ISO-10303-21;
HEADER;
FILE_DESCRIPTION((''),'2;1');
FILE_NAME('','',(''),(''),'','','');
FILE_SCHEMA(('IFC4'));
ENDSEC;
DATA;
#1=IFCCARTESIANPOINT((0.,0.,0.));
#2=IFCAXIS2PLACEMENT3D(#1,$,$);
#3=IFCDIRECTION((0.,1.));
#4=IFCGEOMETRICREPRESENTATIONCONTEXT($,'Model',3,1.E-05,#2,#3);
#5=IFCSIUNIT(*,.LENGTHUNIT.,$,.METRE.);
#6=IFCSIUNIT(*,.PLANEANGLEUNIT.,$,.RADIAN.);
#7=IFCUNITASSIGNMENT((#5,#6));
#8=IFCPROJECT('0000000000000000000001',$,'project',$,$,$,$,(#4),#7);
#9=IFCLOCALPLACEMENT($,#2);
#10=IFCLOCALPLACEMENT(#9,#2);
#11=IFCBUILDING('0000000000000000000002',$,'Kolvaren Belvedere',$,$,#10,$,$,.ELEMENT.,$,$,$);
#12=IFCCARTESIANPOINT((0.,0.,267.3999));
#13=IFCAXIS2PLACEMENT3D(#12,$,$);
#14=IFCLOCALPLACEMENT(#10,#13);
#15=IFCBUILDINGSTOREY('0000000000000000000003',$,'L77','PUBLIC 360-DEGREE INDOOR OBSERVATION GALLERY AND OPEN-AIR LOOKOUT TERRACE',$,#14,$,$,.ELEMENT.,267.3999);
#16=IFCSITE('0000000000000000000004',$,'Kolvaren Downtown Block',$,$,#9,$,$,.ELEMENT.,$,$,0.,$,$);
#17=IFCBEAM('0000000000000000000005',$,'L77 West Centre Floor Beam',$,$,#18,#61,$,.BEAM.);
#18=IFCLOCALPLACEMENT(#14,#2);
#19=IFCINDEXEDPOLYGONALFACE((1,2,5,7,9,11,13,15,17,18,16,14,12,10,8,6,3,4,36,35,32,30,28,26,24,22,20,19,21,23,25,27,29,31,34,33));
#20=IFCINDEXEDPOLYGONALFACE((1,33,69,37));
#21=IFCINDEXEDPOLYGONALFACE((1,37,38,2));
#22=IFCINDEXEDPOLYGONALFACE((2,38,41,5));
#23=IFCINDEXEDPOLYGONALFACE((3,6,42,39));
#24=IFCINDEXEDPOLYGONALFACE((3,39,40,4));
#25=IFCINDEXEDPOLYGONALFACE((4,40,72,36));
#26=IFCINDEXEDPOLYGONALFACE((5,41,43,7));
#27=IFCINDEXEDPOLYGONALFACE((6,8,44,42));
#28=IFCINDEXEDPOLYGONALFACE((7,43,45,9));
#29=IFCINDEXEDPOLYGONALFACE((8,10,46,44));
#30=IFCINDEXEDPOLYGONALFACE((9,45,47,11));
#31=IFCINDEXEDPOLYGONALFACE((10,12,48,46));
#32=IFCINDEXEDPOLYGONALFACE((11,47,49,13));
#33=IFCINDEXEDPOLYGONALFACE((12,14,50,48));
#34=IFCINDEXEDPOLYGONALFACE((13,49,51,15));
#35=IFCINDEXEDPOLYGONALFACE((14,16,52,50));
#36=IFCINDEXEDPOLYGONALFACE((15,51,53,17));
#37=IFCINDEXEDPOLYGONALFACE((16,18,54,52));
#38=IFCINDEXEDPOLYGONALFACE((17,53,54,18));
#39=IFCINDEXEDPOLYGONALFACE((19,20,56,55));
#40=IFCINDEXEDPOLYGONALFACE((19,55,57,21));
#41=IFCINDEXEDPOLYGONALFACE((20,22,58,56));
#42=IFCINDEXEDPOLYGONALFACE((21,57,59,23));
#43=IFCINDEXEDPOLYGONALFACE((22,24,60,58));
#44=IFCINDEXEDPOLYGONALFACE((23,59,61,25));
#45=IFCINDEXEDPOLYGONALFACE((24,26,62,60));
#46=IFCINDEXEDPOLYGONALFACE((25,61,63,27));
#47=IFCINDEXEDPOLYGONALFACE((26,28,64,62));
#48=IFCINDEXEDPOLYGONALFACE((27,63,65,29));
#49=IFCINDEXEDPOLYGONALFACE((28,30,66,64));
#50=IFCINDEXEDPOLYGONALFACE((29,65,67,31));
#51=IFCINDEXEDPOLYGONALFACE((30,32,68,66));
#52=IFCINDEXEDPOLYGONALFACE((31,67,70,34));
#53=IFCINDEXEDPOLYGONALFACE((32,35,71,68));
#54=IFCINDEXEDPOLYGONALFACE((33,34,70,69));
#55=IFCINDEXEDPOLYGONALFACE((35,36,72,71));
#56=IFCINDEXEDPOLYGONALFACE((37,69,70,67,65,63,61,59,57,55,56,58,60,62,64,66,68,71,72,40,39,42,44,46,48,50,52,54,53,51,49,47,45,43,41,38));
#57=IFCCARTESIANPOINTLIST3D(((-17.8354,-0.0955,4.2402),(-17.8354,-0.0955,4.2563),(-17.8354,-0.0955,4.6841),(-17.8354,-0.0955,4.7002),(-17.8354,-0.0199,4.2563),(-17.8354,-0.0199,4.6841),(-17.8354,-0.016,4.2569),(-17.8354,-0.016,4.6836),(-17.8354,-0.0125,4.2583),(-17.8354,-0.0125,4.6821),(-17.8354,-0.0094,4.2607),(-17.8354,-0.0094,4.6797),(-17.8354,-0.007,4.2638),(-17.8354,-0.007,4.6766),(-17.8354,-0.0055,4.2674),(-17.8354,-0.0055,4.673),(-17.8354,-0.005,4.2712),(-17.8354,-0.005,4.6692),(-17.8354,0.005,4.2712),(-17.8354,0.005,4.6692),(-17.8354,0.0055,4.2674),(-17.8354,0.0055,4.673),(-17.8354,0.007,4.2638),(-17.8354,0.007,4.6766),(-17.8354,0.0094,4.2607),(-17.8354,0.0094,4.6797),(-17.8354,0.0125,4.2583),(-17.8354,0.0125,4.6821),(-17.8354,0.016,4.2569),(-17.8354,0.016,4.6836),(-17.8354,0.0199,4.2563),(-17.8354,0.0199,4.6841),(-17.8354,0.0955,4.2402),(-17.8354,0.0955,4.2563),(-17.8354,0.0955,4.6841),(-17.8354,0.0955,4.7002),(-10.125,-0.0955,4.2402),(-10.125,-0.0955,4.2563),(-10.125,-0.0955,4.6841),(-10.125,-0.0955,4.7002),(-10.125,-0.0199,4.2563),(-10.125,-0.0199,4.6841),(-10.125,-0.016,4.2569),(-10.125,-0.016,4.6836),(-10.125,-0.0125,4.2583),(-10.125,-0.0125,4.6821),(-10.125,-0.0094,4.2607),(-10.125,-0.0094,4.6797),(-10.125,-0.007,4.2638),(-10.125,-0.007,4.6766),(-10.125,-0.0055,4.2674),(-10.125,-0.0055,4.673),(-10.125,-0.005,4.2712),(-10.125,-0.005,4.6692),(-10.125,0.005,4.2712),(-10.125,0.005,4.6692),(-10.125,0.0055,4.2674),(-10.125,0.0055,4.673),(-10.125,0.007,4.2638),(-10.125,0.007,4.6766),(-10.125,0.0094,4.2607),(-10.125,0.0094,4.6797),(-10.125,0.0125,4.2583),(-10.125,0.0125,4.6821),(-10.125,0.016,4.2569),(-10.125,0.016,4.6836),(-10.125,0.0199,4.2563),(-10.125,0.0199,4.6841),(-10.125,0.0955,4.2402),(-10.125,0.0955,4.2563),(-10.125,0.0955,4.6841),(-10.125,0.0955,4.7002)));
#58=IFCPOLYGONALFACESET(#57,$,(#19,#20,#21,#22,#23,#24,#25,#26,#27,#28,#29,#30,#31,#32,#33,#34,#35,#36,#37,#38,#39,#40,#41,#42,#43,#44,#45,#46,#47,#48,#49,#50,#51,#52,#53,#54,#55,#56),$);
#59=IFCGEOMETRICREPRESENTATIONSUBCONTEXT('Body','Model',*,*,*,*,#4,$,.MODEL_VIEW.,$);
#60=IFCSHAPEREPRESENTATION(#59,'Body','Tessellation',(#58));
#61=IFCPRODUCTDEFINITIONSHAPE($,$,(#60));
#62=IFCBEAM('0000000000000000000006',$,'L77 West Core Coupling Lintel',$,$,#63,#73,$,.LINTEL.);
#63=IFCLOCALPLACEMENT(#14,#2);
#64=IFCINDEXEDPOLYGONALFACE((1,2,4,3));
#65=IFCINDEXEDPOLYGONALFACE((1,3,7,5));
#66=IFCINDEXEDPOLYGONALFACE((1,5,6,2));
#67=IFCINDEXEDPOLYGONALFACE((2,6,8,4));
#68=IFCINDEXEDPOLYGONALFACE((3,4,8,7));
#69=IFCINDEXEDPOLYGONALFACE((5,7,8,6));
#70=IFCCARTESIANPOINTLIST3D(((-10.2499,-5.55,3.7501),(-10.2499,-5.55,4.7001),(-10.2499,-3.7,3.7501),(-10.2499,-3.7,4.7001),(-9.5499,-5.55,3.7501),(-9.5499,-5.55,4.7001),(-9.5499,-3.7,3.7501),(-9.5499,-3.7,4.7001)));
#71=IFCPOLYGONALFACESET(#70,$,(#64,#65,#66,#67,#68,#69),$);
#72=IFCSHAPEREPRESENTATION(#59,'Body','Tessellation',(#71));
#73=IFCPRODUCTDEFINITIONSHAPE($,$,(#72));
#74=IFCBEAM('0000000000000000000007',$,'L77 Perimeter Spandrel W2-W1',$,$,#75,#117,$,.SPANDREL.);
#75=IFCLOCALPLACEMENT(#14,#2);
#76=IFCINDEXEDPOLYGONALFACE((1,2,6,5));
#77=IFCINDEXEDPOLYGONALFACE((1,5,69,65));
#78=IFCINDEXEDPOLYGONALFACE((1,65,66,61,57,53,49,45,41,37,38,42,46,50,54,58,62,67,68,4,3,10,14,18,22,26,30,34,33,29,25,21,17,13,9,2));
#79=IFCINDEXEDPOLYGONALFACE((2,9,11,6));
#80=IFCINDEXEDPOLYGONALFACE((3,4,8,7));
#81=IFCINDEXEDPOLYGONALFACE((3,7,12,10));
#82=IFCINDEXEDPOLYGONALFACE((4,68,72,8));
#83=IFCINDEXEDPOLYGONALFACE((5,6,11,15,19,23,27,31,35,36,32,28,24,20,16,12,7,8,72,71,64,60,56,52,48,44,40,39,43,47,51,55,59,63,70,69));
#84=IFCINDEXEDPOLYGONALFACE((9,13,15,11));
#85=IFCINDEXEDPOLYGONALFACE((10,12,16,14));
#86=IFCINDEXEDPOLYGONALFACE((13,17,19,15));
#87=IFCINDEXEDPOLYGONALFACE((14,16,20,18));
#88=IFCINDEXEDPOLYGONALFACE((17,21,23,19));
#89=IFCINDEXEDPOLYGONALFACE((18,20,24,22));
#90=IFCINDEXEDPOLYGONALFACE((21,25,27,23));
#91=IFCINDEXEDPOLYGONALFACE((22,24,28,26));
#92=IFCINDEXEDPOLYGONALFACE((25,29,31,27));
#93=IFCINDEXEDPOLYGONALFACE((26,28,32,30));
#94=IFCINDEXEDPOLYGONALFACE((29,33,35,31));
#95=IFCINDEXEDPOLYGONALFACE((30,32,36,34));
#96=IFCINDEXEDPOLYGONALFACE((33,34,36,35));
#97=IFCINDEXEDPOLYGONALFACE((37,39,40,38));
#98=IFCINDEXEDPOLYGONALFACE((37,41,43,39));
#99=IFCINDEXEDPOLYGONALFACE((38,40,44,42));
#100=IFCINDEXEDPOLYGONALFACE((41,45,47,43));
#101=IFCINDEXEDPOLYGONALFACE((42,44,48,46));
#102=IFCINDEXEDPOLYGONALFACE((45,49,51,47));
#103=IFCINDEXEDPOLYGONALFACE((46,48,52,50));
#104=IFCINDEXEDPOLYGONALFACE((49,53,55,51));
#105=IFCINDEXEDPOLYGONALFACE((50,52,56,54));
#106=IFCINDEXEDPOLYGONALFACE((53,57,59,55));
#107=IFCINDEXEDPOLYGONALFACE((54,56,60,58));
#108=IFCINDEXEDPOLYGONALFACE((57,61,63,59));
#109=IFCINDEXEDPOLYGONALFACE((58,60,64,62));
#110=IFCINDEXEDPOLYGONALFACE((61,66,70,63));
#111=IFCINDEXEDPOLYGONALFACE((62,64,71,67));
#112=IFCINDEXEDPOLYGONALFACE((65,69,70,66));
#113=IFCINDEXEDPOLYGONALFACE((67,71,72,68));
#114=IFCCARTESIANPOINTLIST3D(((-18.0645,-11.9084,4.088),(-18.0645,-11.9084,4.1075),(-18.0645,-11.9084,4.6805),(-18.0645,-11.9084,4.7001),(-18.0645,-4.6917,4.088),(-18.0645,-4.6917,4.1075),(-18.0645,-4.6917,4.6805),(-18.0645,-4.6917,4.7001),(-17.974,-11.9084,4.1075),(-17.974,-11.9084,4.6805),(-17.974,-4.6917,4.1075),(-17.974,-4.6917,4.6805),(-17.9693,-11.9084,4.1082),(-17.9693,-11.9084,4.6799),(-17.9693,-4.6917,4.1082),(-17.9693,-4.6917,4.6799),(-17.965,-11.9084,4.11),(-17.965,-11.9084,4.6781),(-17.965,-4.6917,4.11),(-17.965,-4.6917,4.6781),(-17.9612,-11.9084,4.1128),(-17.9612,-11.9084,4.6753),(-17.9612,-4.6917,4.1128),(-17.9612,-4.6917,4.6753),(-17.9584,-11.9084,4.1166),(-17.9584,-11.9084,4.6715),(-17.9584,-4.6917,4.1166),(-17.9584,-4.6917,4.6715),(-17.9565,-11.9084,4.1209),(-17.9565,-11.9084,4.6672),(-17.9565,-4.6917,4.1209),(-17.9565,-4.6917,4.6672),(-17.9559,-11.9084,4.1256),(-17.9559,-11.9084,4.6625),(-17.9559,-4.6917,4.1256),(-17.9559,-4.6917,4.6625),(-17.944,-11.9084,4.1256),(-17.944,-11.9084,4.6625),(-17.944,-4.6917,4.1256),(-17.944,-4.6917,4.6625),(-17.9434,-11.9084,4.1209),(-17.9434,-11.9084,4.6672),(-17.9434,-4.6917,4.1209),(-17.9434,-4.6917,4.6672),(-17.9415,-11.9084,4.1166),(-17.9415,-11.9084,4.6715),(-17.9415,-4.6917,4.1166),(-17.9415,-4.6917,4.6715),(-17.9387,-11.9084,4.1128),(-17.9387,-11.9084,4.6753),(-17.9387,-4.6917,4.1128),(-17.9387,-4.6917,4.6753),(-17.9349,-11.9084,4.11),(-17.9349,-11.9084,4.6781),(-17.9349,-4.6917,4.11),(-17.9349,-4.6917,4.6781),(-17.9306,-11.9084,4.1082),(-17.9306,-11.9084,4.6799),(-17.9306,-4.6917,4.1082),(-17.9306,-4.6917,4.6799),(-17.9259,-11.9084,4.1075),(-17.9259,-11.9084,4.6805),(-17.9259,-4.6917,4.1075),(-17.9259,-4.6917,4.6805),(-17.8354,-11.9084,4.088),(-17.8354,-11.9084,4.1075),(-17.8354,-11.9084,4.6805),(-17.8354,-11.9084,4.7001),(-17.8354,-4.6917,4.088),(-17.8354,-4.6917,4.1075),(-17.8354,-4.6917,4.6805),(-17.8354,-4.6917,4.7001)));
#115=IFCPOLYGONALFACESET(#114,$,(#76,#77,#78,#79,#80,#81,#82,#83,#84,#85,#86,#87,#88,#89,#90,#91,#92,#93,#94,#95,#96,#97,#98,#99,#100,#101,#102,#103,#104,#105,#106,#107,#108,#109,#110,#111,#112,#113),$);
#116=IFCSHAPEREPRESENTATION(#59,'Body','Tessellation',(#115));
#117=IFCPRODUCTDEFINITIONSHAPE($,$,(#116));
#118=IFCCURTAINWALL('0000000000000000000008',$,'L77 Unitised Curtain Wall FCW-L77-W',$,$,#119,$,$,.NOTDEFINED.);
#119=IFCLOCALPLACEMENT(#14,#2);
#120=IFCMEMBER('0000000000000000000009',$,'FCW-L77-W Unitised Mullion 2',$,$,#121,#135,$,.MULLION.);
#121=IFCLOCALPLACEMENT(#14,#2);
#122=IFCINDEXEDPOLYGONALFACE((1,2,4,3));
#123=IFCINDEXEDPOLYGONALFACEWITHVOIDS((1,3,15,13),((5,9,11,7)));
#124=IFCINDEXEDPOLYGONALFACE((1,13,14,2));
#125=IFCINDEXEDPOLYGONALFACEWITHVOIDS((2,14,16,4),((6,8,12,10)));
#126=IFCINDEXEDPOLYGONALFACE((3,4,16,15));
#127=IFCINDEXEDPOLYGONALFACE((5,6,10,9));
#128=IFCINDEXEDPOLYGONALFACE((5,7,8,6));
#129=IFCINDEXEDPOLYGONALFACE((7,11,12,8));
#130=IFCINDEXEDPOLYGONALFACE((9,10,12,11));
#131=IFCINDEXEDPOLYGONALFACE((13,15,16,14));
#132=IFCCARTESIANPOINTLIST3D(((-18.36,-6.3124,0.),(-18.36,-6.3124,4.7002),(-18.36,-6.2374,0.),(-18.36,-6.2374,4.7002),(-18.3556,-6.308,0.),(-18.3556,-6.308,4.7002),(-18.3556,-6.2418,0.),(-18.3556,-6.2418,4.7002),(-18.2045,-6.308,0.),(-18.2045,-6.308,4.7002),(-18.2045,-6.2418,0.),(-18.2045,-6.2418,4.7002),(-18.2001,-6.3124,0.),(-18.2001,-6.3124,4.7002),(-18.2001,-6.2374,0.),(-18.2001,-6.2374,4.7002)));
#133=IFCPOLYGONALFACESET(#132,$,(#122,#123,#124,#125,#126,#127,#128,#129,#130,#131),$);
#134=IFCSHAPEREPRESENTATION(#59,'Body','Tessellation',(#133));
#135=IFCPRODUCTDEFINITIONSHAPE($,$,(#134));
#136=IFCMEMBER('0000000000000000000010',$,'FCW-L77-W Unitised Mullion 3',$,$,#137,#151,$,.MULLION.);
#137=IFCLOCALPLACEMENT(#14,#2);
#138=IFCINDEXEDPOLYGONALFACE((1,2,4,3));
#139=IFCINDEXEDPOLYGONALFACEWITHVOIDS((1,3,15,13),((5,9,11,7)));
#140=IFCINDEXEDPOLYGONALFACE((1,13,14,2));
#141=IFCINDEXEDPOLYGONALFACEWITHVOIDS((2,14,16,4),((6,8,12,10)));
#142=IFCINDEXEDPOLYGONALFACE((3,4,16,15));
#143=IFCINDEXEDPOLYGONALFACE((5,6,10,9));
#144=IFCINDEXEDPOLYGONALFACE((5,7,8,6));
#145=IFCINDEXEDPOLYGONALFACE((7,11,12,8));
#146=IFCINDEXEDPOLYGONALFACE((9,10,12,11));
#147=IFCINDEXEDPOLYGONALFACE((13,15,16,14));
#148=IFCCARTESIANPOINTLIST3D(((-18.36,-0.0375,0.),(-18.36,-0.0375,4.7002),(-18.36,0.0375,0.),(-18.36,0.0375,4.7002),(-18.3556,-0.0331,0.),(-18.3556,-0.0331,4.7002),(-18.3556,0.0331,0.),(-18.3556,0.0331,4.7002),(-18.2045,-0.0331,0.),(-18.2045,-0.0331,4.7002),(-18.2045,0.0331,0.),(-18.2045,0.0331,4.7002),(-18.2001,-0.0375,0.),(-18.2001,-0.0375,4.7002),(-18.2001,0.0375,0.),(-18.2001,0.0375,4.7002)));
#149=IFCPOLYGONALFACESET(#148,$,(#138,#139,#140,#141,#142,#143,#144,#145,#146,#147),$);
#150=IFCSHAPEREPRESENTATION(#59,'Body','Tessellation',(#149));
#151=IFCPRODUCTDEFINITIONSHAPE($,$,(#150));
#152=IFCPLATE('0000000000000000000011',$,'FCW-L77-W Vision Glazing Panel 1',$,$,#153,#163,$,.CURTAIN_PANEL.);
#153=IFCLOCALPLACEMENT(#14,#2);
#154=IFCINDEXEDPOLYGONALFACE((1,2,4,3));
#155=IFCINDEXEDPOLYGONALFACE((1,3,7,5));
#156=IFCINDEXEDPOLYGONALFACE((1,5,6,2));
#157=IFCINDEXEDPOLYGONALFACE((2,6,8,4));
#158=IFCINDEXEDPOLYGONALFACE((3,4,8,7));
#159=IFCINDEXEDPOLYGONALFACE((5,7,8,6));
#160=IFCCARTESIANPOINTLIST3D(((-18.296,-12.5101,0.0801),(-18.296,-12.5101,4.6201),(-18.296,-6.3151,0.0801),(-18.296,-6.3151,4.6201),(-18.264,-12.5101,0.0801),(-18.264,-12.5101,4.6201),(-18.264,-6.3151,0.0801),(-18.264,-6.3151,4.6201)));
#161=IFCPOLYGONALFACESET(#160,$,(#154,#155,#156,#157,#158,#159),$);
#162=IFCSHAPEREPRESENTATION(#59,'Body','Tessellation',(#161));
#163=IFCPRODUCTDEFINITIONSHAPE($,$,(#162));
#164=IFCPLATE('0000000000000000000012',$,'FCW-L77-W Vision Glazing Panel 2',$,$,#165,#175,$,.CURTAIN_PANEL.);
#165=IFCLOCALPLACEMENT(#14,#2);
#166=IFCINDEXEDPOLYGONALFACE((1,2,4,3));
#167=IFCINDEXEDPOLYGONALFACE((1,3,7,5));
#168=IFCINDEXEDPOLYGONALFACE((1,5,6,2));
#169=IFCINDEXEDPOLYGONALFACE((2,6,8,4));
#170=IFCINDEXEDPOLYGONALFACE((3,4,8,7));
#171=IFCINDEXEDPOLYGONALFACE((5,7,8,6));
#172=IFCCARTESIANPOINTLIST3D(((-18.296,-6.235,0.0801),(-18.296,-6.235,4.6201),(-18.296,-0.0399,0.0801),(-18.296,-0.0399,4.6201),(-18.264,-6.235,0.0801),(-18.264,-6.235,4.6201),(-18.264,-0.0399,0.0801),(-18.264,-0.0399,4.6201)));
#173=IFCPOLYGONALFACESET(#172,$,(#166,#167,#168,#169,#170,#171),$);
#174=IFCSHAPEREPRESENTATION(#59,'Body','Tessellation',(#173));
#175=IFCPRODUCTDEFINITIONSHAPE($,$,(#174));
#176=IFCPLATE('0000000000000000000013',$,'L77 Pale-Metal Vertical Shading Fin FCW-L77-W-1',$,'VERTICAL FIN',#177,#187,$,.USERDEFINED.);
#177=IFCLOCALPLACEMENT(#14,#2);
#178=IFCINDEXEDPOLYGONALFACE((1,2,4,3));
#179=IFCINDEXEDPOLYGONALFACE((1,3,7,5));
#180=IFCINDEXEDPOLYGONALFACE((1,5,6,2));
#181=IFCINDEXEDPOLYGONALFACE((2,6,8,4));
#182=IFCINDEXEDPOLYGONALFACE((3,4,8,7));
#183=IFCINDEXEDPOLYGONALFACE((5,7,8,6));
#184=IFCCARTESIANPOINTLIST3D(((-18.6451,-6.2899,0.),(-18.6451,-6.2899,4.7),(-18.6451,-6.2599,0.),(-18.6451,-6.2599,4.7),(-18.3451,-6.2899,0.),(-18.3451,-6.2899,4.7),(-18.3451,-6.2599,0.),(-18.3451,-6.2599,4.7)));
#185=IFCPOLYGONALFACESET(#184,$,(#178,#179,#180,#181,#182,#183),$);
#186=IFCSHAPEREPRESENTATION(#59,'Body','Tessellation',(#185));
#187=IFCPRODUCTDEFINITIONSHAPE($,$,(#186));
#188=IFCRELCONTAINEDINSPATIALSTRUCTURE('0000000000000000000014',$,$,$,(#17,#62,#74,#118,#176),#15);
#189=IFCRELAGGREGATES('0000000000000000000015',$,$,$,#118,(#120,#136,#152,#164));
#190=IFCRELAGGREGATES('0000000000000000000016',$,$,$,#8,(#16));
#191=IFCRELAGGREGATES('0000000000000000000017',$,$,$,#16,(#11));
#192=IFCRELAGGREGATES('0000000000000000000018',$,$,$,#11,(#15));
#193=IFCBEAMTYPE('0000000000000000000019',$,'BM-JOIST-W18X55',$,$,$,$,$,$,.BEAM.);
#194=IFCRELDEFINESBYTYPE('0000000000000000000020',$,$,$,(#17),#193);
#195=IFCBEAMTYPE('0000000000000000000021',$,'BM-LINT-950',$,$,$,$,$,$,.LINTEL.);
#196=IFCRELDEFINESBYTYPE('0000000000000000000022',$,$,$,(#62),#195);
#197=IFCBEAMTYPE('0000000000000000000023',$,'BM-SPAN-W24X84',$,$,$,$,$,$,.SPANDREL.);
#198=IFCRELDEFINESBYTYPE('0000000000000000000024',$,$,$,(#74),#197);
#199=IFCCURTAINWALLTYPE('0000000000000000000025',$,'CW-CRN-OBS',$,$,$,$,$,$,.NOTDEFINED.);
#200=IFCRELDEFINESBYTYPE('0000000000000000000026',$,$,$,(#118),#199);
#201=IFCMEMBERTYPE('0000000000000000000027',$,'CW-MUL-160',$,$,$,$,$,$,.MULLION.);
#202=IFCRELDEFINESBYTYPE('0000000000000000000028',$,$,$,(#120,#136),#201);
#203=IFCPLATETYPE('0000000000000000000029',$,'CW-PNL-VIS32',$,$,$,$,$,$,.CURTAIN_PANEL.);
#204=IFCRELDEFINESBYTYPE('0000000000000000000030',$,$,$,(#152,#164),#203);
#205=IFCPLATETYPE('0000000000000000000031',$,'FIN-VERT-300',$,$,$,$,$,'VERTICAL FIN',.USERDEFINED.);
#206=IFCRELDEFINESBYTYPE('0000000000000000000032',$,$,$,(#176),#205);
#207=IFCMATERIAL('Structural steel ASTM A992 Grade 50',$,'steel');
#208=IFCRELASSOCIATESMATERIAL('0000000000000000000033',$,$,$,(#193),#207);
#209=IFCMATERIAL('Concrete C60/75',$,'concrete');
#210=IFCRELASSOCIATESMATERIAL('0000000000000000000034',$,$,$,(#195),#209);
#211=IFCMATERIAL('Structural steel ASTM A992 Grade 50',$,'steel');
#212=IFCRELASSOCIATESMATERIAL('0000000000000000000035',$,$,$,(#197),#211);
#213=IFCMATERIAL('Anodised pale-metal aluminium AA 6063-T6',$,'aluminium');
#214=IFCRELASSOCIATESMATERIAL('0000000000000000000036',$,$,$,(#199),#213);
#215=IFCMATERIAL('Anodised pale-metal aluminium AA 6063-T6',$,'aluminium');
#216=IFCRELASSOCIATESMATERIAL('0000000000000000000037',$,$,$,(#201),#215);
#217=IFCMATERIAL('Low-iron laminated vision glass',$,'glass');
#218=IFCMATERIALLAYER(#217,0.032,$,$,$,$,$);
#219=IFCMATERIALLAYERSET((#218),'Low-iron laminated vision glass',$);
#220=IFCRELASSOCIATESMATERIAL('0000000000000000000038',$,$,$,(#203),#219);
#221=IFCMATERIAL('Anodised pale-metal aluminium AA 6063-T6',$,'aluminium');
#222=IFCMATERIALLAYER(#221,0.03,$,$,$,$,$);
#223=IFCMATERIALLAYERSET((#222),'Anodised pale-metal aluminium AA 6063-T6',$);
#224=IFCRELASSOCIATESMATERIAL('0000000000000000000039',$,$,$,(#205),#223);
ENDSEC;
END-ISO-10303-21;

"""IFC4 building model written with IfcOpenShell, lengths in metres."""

from ifc_helpers import new_model, si_unit, direction, frame, origin, origin_2d, place, context, subcontext, project, spatial, rectangle, hollow_rectangle, i_section, extrude, material, layer, layer_set, material_profile, profile_set, type_object, element, aggregate, save


model = new_model("IFC4")

# Units and contexts
model_context = context("Model", 3, precision=1e-05, world=origin(), true_north=direction((0.0, 1.0)))
body_context = subcontext(model_context, "Body", "Model", "MODEL_VIEW")
ifc_project = project(units=[si_unit("LENGTHUNIT", "METRE"), si_unit("PLANEANGLEUNIT", "RADIAN")], contexts=[model_context])

# Site, building, storey
site_placement = place(None, origin())
site = spatial("IfcSite", under=ifc_project, at=site_placement, Name="Kolvaren Downtown Block", CompositionType="ELEMENT", RefElevation=0.0)
building_placement = place(site_placement, origin())
building = spatial("IfcBuilding", under=site, at=building_placement, Name="Kolvaren Belvedere", CompositionType="ELEMENT")
storey_placement = place(building_placement, frame((0.0, 0.0, 267.3999)))
storey = spatial("IfcBuildingStorey", under=building, at=storey_placement, Name="L77", Description="PUBLIC 360-DEGREE INDOOR OBSERVATION GALLERY AND OPEN-AIR LOOKOUT TERRACE", CompositionType="ELEMENT", Elevation=267.3999)

# Beams
ifc_material_1 = material(Name="Structural steel ASTM A992 Grade 50", Category="steel")
ifc_material_profile_1 = material_profile(ifc_material_1, i_section(OverallWidth=0.1909, OverallDepth=0.46, WebThickness=0.01, FlangeThickness=0.0161, FilletRadius=0.0149, at=origin_2d()), Name="W18X55")
ifc_profile_set_1 = profile_set([ifc_material_profile_1], Name="Structural steel ASTM A992 Grade 50")
beam_type_1 = type_object("IfcBeamType", Name="BM-JOIST-W18X55", PredefinedType="BEAM", material=ifc_profile_set_1)
beam_1_placement = place(storey_placement, frame((-10.125, 0.0, 4.4702), z_axis=(-1.0, 0.0, 0.0), x_axis=(0.0, -1.0, 0.0)))
element("IfcBeam", 1, at=beam_1_placement, inside=storey, type_object=beam_type_1, Name="L77 West Centre Floor Beam", PredefinedType="BEAM", context=body_context, shape_type="SweptSolid", body=[
    extrude(i_section(OverallWidth=0.1909, OverallDepth=0.46, WebThickness=0.01, FlangeThickness=0.0161, FilletRadius=0.0149, at=origin_2d()), origin(), (0.0, 0.0, 1.0), 7.7104),
])
ifc_material_2 = material(Name="Concrete C60/75", Category="concrete")
ifc_material_profile_2 = material_profile(ifc_material_2, rectangle(XDim=0.7, YDim=0.95, at=origin_2d()), Name="RC 700X950")
ifc_profile_set_2 = profile_set([ifc_material_profile_2], Name="Concrete C60/75")
beam_type_2 = type_object("IfcBeamType", Name="BM-LINT-950", PredefinedType="LINTEL", material=ifc_profile_set_2)
beam_2_placement = place(storey_placement, frame((-9.8999, -5.55, 4.2251), z_axis=(0.0, 1.0, 0.0), x_axis=(-1.0, 0.0, 0.0)))
element("IfcBeam", 2, at=beam_2_placement, inside=storey, type_object=beam_type_2, Name="L77 West Core Coupling Lintel", PredefinedType="LINTEL", context=body_context, shape_type="SweptSolid", body=[
    extrude(rectangle(XDim=0.7, YDim=0.95, at=origin_2d()), origin(), (0.0, 0.0, 1.0), 1.8501),
])
ifc_material_3 = material(Name="Structural steel ASTM A992 Grade 50", Category="steel")
ifc_material_profile_3 = material_profile(ifc_material_3, i_section(OverallWidth=0.229, OverallDepth=0.6121, WebThickness=0.012, FlangeThickness=0.0195, FilletRadius=0.0181, at=origin_2d()), Name="W24X84")
ifc_profile_set_3 = profile_set([ifc_material_profile_3], Name="Structural steel ASTM A992 Grade 50")
beam_type_3 = type_object("IfcBeamType", Name="BM-SPAN-W24X84", PredefinedType="SPANDREL", material=ifc_profile_set_3)
beam_3_placement = place(storey_placement, frame((-17.95, -4.6917, 4.394), z_axis=(0.0, -1.0, 0.0), x_axis=(1.0, 0.0, 0.0)))
element("IfcBeam", 3, at=beam_3_placement, inside=storey, type_object=beam_type_3, Name="L77 Perimeter Spandrel W2-W1", PredefinedType="SPANDREL", context=body_context, shape_type="SweptSolid", body=[
    extrude(i_section(OverallWidth=0.229, OverallDepth=0.6121, WebThickness=0.012, FlangeThickness=0.0195, FilletRadius=0.0181, at=origin_2d()), origin(), (0.0, 0.0, 1.0), 7.2168),
])

# Curtain wall, members, plates
ifc_material_4 = material(Name="Anodised pale-metal aluminium AA 6063-T6", Category="aluminium")
curtain_wall_type = type_object("IfcCurtainWallType", Name="CW-CRN-OBS", PredefinedType="NOTDEFINED", material=ifc_material_4)
curtain_wall_placement = place(storey_placement, origin())
curtain_wall = element("IfcCurtainWall", 4, at=curtain_wall_placement, inside=storey, type_object=curtain_wall_type, Name="L77 Unitised Curtain Wall FCW-L77-W", PredefinedType="NOTDEFINED")
ifc_material_5 = material(Name="Anodised pale-metal aluminium AA 6063-T6", Category="aluminium")
ifc_material_profile_4 = material_profile(ifc_material_5, hollow_rectangle(XDim=0.075, YDim=0.1599, WallThickness=0.0044, at=origin_2d()), Name="ALU-MUL-160X75")
ifc_profile_set_4 = profile_set([ifc_material_profile_4], Name="Anodised pale-metal aluminium AA 6063-T6")
member_type = type_object("IfcMemberType", Name="CW-MUL-160", PredefinedType="MULLION", material=ifc_profile_set_4)
member_1_placement = place(storey_placement, frame((-18.28, -6.2749, 0.0), z_axis=(0.0, 0.0, 1.0), x_axis=(0.0, 1.0, 0.0)))
member_1 = element("IfcMember", 5, at=member_1_placement, type_object=member_type, Name="FCW-L77-W Unitised Mullion 2", PredefinedType="MULLION", context=body_context, shape_type="SweptSolid", body=[
    extrude(hollow_rectangle(XDim=0.075, YDim=0.1599, WallThickness=0.0044, at=origin_2d()), origin(), (0.0, 0.0, 1.0), 4.7002),
])
member_2_placement = place(storey_placement, frame((-18.28, 0.0, 0.0), z_axis=(0.0, 0.0, 1.0), x_axis=(0.0, 1.0, 0.0)))
member_2 = element("IfcMember", 6, at=member_2_placement, type_object=member_type, Name="FCW-L77-W Unitised Mullion 3", PredefinedType="MULLION", context=body_context, shape_type="SweptSolid", body=[
    extrude(hollow_rectangle(XDim=0.075, YDim=0.1599, WallThickness=0.0044, at=origin_2d()), origin(), (0.0, 0.0, 1.0), 4.7002),
])
ifc_material_6 = material(Name="Low-iron laminated vision glass", Category="glass")
ifc_layer_1 = layer(ifc_material_6, 0.032)
ifc_layer_set_1 = layer_set([ifc_layer_1], Name="Low-iron laminated vision glass")
plate_type_1 = type_object("IfcPlateType", Name="CW-PNL-VIS32", PredefinedType="CURTAIN_PANEL", material=ifc_layer_set_1)
plate_1_placement = place(storey_placement, frame((-18.28, -9.4126, 0.0801), z_axis=(0.0, 0.0, 1.0), x_axis=(0.0, 1.0, 0.0)))
plate_1 = element("IfcPlate", 7, at=plate_1_placement, type_object=plate_type_1, Name="FCW-L77-W Vision Glazing Panel 1", PredefinedType="CURTAIN_PANEL", context=body_context, shape_type="SweptSolid", body=[
    extrude(rectangle(XDim=6.1951, YDim=0.032, at=origin_2d()), origin(), (0.0, 0.0, 1.0), 4.54),
])
plate_2_placement = place(storey_placement, frame((-18.28, -3.1375, 0.0801), z_axis=(0.0, 0.0, 1.0), x_axis=(0.0, 1.0, 0.0)))
plate_2 = element("IfcPlate", 8, at=plate_2_placement, type_object=plate_type_1, Name="FCW-L77-W Vision Glazing Panel 2", PredefinedType="CURTAIN_PANEL", context=body_context, shape_type="SweptSolid", body=[
    extrude(rectangle(XDim=6.1951, YDim=0.032, at=origin_2d()), origin(), (0.0, 0.0, 1.0), 4.54),
])
aggregate(curtain_wall, [member_1, member_2, plate_1, plate_2])

# Plate
ifc_material_7 = material(Name="Anodised pale-metal aluminium AA 6063-T6", Category="aluminium")
ifc_layer_2 = layer(ifc_material_7, 0.03)
ifc_layer_set_2 = layer_set([ifc_layer_2], Name="Anodised pale-metal aluminium AA 6063-T6")
plate_type_2 = type_object("IfcPlateType", Name="FIN-VERT-300", ElementType="VERTICAL FIN", PredefinedType="USERDEFINED", material=ifc_layer_set_2)
plate_3_placement = place(storey_placement, frame((-18.4951, -6.2749, 0.0), z_axis=(0.0, 0.0, 1.0), x_axis=(1.0, 0.0, 0.0)))
element("IfcPlate", 9, at=plate_3_placement, inside=storey, type_object=plate_type_2, Name="L77 Pale-Metal Vertical Shading Fin FCW-L77-W-1", ObjectType="VERTICAL FIN", PredefinedType="USERDEFINED", context=body_context, shape_type="SweptSolid", body=[
    extrude(rectangle(XDim=0.3, YDim=0.03, at=origin_2d()), origin(), (0.0, 0.0, 1.0), 4.7),
])

save(model, "model.ifc")
